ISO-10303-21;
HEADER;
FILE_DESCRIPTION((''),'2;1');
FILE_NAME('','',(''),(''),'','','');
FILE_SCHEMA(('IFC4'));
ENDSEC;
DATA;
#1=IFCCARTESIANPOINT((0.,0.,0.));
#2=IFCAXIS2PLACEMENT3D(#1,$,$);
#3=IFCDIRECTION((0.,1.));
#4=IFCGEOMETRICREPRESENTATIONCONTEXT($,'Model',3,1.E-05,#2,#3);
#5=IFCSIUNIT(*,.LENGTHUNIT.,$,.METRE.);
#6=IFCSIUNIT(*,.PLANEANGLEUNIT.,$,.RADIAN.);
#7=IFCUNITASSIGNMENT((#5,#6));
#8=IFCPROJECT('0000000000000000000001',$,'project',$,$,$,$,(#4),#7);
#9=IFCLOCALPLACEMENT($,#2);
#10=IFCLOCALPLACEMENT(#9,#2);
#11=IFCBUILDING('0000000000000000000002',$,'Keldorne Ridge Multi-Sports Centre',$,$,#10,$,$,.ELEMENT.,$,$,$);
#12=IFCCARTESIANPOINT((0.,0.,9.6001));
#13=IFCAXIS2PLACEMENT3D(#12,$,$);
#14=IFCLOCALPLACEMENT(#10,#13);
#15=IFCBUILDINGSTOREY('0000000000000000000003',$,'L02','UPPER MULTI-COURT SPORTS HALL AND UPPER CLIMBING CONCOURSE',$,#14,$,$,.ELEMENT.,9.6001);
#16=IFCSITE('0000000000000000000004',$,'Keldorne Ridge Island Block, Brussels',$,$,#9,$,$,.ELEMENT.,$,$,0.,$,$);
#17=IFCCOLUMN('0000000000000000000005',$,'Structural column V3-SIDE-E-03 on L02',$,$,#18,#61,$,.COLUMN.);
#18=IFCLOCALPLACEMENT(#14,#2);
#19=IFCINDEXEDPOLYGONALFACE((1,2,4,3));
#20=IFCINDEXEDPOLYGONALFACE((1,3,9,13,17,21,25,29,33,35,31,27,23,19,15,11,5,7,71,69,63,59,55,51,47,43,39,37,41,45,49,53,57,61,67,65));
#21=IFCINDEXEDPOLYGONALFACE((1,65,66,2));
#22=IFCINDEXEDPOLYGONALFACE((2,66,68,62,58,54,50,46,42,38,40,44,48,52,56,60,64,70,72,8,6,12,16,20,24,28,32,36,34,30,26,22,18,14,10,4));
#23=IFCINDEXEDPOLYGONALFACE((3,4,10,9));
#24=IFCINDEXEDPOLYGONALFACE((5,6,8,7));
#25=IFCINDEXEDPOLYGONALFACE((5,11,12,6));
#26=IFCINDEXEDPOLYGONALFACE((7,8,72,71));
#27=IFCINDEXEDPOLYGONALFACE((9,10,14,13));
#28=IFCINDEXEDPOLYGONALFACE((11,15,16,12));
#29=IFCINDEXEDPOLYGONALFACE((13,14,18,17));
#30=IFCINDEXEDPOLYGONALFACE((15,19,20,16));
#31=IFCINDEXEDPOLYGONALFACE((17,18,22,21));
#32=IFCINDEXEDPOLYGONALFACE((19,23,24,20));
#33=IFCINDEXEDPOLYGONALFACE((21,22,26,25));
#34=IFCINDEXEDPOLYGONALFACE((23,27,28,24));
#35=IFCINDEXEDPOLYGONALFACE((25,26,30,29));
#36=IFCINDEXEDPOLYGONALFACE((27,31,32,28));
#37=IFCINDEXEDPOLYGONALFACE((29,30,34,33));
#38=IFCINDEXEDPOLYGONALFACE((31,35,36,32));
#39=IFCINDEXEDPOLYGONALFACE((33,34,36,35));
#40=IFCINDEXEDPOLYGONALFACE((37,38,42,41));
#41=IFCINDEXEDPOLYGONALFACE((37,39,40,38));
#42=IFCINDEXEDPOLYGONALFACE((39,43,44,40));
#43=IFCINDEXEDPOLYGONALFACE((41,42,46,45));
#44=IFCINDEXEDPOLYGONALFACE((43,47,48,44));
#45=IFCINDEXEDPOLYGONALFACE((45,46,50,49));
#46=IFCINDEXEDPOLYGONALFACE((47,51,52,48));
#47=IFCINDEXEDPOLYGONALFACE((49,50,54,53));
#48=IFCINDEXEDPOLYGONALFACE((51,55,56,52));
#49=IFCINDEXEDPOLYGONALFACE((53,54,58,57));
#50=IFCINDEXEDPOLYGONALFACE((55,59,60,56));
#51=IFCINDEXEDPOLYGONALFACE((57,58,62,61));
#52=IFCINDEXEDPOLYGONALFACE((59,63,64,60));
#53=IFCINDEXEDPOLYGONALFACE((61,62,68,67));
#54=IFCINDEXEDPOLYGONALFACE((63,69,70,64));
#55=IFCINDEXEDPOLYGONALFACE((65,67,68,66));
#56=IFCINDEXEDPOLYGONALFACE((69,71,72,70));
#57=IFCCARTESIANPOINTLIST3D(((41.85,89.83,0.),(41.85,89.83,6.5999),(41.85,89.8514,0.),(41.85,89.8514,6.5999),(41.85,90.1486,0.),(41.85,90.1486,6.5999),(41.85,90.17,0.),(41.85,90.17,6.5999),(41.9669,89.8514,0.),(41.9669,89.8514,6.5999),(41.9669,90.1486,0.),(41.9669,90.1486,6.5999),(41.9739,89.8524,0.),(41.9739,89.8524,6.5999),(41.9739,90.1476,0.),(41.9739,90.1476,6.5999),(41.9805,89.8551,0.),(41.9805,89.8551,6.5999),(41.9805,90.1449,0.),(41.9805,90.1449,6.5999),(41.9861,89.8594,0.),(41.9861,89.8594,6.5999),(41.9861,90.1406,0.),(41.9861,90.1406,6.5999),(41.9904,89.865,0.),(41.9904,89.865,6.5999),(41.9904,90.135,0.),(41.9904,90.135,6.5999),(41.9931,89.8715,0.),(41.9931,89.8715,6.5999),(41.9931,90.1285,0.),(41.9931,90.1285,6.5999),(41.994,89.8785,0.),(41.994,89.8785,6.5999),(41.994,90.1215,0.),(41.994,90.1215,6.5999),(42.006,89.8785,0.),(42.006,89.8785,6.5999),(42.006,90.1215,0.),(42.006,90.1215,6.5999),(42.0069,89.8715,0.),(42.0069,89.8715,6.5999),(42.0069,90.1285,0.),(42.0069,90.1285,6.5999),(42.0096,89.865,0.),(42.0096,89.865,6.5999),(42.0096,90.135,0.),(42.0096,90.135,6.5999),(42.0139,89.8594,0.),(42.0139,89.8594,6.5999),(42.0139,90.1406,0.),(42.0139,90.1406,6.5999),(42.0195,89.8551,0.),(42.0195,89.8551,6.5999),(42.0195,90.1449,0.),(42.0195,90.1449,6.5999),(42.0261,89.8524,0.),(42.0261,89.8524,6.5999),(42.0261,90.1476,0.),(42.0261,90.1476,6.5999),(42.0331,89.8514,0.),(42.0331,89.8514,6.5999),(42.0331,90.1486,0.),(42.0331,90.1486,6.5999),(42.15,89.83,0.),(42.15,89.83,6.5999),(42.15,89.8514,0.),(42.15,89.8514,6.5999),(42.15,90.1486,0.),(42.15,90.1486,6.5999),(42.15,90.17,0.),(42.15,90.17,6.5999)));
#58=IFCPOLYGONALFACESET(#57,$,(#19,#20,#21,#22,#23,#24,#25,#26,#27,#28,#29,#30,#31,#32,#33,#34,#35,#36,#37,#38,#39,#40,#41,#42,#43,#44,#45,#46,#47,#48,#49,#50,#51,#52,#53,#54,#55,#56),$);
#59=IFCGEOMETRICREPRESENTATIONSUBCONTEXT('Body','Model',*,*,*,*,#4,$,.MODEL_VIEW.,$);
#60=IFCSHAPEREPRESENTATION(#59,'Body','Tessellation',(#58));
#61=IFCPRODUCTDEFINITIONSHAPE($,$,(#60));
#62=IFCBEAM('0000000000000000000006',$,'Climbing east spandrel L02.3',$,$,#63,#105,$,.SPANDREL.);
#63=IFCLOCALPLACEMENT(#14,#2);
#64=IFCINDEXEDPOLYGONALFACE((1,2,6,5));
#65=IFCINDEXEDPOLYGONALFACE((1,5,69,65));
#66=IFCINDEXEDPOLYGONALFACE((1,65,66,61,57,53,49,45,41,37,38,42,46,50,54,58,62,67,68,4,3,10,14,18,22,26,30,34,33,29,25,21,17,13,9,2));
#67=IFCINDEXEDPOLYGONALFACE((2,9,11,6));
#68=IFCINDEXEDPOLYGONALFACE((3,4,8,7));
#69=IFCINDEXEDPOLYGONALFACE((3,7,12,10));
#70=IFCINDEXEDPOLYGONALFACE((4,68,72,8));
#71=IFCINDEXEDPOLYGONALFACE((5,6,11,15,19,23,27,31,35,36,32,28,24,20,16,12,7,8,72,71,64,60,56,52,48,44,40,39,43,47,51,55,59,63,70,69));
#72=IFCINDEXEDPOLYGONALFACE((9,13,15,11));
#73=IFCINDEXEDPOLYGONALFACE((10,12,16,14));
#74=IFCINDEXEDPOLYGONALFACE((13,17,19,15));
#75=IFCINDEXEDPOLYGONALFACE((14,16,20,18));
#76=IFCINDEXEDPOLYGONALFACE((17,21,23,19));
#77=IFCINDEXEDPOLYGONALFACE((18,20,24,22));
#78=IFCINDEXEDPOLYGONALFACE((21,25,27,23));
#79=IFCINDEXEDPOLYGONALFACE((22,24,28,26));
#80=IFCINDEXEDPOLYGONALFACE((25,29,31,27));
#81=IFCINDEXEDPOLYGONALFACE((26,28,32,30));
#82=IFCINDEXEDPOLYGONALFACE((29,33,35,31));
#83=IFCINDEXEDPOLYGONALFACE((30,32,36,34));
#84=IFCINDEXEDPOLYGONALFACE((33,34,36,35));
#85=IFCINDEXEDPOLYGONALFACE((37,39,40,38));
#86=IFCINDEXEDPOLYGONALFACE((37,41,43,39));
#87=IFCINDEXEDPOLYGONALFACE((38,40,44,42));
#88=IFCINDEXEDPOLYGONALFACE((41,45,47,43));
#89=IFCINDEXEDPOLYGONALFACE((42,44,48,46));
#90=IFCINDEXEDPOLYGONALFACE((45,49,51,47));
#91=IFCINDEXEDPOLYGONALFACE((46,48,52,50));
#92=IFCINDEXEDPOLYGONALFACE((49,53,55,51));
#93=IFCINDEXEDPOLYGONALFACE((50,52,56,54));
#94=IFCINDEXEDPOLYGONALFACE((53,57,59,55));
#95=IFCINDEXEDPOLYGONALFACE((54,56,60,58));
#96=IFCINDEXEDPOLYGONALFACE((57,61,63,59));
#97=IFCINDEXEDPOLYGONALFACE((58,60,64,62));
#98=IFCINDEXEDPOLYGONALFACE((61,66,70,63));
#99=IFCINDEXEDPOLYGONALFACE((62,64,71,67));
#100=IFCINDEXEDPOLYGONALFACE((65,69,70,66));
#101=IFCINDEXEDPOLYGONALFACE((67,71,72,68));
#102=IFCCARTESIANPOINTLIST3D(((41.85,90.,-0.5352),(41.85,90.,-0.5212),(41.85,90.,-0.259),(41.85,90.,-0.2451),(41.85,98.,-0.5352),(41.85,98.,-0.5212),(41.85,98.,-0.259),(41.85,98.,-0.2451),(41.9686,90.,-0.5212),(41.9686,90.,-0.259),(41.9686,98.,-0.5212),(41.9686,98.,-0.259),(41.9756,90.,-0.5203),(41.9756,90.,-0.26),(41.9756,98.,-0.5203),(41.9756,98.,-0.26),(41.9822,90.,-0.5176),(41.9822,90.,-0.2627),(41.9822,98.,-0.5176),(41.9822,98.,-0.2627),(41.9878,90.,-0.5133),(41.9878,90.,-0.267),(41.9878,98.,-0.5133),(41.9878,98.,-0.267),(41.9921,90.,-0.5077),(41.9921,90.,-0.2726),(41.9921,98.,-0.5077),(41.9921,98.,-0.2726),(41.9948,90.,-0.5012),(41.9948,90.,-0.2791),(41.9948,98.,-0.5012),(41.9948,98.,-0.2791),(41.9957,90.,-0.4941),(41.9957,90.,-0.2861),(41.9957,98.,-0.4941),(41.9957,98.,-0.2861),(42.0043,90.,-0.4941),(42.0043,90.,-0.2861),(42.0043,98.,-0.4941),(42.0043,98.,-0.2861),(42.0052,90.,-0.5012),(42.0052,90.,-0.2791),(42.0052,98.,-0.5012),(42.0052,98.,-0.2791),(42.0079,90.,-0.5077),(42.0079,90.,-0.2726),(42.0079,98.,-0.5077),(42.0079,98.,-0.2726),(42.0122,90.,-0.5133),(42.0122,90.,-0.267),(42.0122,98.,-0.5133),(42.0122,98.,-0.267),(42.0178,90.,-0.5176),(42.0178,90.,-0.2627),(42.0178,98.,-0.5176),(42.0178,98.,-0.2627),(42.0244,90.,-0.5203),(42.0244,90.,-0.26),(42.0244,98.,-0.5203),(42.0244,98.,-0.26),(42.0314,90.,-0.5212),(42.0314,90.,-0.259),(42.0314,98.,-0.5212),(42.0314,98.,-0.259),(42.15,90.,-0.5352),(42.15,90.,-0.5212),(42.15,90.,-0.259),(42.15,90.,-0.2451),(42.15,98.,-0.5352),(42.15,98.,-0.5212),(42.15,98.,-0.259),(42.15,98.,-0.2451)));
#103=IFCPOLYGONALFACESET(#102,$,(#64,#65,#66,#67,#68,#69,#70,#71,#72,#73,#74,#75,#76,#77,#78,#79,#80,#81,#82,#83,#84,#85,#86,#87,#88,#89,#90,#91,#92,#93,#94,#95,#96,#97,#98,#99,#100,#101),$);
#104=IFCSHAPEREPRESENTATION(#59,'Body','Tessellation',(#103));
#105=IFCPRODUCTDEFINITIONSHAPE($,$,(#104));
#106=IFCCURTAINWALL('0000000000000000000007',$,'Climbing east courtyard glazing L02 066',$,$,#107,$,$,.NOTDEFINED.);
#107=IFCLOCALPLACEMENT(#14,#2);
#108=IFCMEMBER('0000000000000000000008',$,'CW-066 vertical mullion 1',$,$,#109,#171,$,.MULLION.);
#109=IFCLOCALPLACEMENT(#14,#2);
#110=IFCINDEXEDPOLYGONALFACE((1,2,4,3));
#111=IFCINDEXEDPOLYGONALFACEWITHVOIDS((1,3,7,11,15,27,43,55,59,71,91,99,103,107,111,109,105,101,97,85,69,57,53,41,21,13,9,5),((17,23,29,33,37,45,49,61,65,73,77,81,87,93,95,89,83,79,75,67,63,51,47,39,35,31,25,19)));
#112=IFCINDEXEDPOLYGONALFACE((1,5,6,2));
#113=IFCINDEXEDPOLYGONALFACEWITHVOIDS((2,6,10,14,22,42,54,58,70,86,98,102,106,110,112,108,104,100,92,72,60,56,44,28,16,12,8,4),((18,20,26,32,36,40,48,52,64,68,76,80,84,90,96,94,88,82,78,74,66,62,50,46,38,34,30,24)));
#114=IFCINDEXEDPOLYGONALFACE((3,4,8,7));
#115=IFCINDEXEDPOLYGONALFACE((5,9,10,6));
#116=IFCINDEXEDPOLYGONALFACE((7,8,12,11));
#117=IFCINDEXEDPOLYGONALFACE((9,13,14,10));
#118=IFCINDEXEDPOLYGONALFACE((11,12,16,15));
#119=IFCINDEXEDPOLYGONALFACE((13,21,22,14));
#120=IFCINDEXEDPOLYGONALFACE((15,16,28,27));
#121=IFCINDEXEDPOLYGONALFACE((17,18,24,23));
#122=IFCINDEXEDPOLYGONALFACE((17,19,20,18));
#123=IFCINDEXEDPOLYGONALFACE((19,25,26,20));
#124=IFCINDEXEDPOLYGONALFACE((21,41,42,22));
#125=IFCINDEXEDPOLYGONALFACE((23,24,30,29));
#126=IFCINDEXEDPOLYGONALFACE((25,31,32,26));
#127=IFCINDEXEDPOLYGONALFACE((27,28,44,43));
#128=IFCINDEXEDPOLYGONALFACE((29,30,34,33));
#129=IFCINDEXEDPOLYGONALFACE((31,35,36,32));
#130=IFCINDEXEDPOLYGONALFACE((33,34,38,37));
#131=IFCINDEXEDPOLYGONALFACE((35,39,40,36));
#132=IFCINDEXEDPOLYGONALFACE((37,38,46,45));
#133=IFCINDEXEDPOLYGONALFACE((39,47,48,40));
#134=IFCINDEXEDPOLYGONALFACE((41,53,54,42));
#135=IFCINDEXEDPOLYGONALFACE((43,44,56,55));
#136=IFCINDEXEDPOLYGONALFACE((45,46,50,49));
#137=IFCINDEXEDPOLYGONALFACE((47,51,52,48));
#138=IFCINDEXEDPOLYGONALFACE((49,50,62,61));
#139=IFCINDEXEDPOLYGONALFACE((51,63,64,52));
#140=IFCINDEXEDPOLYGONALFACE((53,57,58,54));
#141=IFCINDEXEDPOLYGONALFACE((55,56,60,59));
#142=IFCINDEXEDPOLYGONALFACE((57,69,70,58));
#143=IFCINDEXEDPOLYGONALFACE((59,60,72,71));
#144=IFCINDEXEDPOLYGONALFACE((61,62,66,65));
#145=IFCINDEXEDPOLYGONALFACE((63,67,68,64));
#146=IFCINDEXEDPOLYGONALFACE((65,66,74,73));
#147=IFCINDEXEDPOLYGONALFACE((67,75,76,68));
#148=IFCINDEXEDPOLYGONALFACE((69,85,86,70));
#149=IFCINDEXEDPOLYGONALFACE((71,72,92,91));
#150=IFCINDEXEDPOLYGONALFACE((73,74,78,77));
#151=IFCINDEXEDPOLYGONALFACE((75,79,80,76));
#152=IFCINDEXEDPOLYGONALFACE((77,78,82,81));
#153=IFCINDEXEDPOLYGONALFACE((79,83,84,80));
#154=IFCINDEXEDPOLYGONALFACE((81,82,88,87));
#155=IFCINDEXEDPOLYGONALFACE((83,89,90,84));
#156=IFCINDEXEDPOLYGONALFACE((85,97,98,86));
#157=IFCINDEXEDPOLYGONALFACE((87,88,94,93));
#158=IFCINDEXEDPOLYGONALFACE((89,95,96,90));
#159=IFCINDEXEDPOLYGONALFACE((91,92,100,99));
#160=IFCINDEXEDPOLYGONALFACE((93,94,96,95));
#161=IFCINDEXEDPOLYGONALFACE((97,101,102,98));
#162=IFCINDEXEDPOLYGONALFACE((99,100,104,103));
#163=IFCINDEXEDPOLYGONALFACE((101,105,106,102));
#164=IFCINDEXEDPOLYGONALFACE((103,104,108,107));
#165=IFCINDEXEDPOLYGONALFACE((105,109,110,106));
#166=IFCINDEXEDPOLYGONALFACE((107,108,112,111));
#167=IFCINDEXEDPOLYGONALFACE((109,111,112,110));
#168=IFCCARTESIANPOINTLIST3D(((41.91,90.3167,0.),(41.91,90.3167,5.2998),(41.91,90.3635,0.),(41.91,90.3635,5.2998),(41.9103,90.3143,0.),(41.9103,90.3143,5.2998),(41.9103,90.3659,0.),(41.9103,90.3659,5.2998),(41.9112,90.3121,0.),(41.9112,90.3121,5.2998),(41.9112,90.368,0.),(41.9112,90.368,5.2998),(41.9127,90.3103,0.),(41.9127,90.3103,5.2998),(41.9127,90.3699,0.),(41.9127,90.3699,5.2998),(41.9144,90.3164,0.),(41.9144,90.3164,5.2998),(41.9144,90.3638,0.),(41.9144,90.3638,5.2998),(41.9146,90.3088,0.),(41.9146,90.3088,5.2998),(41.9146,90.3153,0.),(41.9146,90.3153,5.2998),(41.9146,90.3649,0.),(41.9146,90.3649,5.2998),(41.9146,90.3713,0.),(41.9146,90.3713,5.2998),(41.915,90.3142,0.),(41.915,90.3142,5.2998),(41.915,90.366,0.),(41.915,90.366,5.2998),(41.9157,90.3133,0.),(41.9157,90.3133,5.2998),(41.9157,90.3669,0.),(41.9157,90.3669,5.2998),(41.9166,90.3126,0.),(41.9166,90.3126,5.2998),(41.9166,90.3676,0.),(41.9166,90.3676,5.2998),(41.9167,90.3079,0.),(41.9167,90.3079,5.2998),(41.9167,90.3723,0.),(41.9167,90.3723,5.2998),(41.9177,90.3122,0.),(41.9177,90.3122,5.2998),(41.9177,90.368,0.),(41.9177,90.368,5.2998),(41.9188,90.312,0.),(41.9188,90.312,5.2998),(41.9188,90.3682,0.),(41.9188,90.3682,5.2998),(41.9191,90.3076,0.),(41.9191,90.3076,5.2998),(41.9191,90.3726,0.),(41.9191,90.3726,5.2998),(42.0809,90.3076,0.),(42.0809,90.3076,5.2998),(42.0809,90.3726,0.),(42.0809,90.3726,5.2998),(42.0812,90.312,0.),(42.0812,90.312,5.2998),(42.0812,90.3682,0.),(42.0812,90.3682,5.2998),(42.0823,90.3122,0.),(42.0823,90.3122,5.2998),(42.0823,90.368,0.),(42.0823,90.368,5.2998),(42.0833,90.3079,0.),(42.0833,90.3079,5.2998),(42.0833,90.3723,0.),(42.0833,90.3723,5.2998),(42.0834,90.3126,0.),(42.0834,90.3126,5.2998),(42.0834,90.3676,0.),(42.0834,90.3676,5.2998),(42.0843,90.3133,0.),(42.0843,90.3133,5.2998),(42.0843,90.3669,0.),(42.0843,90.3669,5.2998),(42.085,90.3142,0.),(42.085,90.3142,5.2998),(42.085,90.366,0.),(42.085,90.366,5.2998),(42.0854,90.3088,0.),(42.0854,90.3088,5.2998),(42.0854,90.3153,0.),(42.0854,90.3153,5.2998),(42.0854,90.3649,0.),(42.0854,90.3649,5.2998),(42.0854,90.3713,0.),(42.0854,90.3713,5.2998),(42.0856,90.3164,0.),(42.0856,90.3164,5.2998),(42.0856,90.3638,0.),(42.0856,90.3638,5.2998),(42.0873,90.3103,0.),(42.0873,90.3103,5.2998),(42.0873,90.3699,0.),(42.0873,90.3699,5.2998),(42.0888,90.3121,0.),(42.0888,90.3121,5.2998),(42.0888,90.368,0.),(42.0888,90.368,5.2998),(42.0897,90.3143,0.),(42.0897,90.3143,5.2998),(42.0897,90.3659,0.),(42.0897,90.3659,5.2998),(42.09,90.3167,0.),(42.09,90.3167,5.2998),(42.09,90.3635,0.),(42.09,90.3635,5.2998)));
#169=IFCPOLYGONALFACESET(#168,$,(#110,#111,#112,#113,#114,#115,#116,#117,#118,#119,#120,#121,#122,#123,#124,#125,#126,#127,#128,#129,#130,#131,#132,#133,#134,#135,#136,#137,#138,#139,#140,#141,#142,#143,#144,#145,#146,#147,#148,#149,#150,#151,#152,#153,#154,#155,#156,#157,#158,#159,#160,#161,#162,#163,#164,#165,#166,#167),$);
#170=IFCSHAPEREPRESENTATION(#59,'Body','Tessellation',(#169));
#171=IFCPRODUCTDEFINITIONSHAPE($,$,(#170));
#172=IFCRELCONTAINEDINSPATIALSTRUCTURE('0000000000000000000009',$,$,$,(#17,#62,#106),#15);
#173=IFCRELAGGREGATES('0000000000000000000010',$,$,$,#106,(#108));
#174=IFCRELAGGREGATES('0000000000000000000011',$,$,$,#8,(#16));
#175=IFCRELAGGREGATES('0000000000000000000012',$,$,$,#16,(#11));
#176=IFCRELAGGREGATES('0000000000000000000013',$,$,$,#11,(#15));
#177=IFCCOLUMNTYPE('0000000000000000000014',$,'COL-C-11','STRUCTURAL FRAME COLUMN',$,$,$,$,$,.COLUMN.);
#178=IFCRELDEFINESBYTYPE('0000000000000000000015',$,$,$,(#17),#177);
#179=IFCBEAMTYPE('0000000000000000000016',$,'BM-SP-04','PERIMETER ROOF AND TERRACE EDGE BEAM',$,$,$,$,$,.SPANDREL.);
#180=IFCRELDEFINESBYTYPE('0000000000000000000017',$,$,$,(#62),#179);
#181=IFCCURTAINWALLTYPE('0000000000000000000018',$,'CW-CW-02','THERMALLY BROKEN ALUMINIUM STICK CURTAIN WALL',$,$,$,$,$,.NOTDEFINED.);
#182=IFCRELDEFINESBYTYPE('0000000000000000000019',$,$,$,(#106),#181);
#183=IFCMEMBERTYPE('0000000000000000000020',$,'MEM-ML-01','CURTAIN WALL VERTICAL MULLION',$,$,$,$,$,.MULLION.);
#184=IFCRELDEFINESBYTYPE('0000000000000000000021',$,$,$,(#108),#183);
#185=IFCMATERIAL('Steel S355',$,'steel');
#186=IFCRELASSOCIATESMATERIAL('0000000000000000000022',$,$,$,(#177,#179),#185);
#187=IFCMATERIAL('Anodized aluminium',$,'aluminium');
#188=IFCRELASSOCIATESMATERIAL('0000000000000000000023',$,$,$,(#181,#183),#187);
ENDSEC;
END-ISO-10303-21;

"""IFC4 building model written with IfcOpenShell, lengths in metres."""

from ifc_helpers import new_model, si_unit, direction, frame, origin, origin_2d, place, context, subcontext, project, spatial, hollow_rectangle, i_section, extrude, material, material_profile, profile_set, type_object, element, aggregate, save


model = new_model("IFC4")

# Units and contexts
model_context = context("Model", 3, precision=1e-05, world=origin(), true_north=direction((0.0, 1.0)))
body_context = subcontext(model_context, "Body", "Model", "MODEL_VIEW")
ifc_project = project(units=[si_unit("LENGTHUNIT", "METRE"), si_unit("PLANEANGLEUNIT", "RADIAN")], contexts=[model_context])

# Site, building, storey
site_placement = place(None, origin())
site = spatial("IfcSite", under=ifc_project, at=site_placement, Name="Keldorne Ridge Island Block, Brussels", CompositionType="ELEMENT", RefElevation=0.0)
building_placement = place(site_placement, origin())
building = spatial("IfcBuilding", under=site, at=building_placement, Name="Keldorne Ridge Multi-Sports Centre", CompositionType="ELEMENT")
storey_placement = place(building_placement, frame((0.0, 0.0, 9.6001)))
storey = spatial("IfcBuildingStorey", under=building, at=storey_placement, Name="L02", Description="UPPER MULTI-COURT SPORTS HALL AND UPPER CLIMBING CONCOURSE", CompositionType="ELEMENT", Elevation=9.6001)

# Column
ifc_material_1 = material(Name="Steel S355", Category="steel")
ifc_material_profile_1 = material_profile(ifc_material_1, i_section(OverallWidth=0.3, OverallDepth=0.3401, WebThickness=0.012, FlangeThickness=0.0215, FilletRadius=0.0271, at=origin_2d()), Name="HEB 340")
ifc_profile_set_1 = profile_set([ifc_material_profile_1], Name="Steel S355")
column_type = type_object("IfcColumnType", Name="COL-C-11", Description="STRUCTURAL FRAME COLUMN", PredefinedType="COLUMN", material=ifc_profile_set_1)
column_placement = place(storey_placement, frame((42.0, 90.0, 0.0), z_axis=(0.0, 0.0, 1.0), x_axis=(1.0, 0.0, 0.0)))
element("IfcColumn", 1, at=column_placement, inside=storey, type_object=column_type, Name="Structural column V3-SIDE-E-03 on L02", PredefinedType="COLUMN", context=body_context, shape_type="SweptSolid", body=[
    extrude(i_section(OverallWidth=0.3, OverallDepth=0.3401, WebThickness=0.012, FlangeThickness=0.0215, FilletRadius=0.0271, at=origin_2d()), origin(), (0.0, 0.0, 1.0), 6.5999),
])

# Beam
ifc_material_profile_2 = material_profile(ifc_material_1, i_section(OverallWidth=0.3, OverallDepth=0.29, WebThickness=0.0085, FlangeThickness=0.0139, FilletRadius=0.0271, at=origin_2d()), Name="HEA 300")
ifc_profile_set_2 = profile_set([ifc_material_profile_2], Name="Steel S355")
beam_type = type_object("IfcBeamType", Name="BM-SP-04", Description="PERIMETER ROOF AND TERRACE EDGE BEAM", PredefinedType="SPANDREL", material=ifc_profile_set_2)
beam_placement = place(storey_placement, frame((42.0, 90.0, -0.3901), z_axis=(0.0, 1.0, 0.0), x_axis=(-1.0, 0.0, 0.0)))
element("IfcBeam", 2, at=beam_placement, inside=storey, type_object=beam_type, Name="Climbing east spandrel L02.3", PredefinedType="SPANDREL", context=body_context, shape_type="SweptSolid", body=[
    extrude(i_section(OverallWidth=0.3, OverallDepth=0.29, WebThickness=0.0085, FlangeThickness=0.0139, FilletRadius=0.0271, at=origin_2d()), origin(), (0.0, 0.0, 1.0), 8.0),
])

# Curtain wall, member
ifc_material_2 = material(Name="Anodized aluminium", Category="aluminium")
curtain_wall_type = type_object("IfcCurtainWallType", Name="CW-CW-02", Description="THERMALLY BROKEN ALUMINIUM STICK CURTAIN WALL", PredefinedType="NOTDEFINED", material=ifc_material_2)
curtain_wall_placement = place(storey_placement, origin())
curtain_wall = element("IfcCurtainWall", 3, at=curtain_wall_placement, inside=storey, type_object=curtain_wall_type, Name="Climbing east courtyard glazing L02 066", PredefinedType="NOTDEFINED")
ifc_material_profile_3 = material_profile(ifc_material_2, hollow_rectangle(XDim=0.0649, YDim=0.1799, WallThickness=0.0044, InnerFilletRadius=0.0044, OuterFilletRadius=0.009, at=origin_2d()), Name="ALU MULLION 180x65x4.5")
ifc_profile_set_3 = profile_set([ifc_material_profile_3], Name="Anodized aluminium")
member_type_1 = type_object("IfcMemberType", Name="MEM-ML-01", Description="CURTAIN WALL VERTICAL MULLION", PredefinedType="MULLION", material=ifc_profile_set_3)
member_1_placement = place(storey_placement, frame((42.0, 90.3401, 0.0), z_axis=(0.0, 0.0, 1.0), x_axis=(0.0, 1.0, 0.0)))
member_1 = element("IfcMember", 4, at=member_1_placement, type_object=member_type_1, Name="CW-066 vertical mullion 1", PredefinedType="MULLION", context=body_context, shape_type="SweptSolid", body=[
    extrude(hollow_rectangle(XDim=0.0649, YDim=0.1799, WallThickness=0.0044, InnerFilletRadius=0.0044, OuterFilletRadius=0.009, at=origin_2d()), origin(), (0.0, 0.0, 1.0), 5.2998),
])

aggregate(curtain_wall, [member_1])

save(model, "model.ifc")
